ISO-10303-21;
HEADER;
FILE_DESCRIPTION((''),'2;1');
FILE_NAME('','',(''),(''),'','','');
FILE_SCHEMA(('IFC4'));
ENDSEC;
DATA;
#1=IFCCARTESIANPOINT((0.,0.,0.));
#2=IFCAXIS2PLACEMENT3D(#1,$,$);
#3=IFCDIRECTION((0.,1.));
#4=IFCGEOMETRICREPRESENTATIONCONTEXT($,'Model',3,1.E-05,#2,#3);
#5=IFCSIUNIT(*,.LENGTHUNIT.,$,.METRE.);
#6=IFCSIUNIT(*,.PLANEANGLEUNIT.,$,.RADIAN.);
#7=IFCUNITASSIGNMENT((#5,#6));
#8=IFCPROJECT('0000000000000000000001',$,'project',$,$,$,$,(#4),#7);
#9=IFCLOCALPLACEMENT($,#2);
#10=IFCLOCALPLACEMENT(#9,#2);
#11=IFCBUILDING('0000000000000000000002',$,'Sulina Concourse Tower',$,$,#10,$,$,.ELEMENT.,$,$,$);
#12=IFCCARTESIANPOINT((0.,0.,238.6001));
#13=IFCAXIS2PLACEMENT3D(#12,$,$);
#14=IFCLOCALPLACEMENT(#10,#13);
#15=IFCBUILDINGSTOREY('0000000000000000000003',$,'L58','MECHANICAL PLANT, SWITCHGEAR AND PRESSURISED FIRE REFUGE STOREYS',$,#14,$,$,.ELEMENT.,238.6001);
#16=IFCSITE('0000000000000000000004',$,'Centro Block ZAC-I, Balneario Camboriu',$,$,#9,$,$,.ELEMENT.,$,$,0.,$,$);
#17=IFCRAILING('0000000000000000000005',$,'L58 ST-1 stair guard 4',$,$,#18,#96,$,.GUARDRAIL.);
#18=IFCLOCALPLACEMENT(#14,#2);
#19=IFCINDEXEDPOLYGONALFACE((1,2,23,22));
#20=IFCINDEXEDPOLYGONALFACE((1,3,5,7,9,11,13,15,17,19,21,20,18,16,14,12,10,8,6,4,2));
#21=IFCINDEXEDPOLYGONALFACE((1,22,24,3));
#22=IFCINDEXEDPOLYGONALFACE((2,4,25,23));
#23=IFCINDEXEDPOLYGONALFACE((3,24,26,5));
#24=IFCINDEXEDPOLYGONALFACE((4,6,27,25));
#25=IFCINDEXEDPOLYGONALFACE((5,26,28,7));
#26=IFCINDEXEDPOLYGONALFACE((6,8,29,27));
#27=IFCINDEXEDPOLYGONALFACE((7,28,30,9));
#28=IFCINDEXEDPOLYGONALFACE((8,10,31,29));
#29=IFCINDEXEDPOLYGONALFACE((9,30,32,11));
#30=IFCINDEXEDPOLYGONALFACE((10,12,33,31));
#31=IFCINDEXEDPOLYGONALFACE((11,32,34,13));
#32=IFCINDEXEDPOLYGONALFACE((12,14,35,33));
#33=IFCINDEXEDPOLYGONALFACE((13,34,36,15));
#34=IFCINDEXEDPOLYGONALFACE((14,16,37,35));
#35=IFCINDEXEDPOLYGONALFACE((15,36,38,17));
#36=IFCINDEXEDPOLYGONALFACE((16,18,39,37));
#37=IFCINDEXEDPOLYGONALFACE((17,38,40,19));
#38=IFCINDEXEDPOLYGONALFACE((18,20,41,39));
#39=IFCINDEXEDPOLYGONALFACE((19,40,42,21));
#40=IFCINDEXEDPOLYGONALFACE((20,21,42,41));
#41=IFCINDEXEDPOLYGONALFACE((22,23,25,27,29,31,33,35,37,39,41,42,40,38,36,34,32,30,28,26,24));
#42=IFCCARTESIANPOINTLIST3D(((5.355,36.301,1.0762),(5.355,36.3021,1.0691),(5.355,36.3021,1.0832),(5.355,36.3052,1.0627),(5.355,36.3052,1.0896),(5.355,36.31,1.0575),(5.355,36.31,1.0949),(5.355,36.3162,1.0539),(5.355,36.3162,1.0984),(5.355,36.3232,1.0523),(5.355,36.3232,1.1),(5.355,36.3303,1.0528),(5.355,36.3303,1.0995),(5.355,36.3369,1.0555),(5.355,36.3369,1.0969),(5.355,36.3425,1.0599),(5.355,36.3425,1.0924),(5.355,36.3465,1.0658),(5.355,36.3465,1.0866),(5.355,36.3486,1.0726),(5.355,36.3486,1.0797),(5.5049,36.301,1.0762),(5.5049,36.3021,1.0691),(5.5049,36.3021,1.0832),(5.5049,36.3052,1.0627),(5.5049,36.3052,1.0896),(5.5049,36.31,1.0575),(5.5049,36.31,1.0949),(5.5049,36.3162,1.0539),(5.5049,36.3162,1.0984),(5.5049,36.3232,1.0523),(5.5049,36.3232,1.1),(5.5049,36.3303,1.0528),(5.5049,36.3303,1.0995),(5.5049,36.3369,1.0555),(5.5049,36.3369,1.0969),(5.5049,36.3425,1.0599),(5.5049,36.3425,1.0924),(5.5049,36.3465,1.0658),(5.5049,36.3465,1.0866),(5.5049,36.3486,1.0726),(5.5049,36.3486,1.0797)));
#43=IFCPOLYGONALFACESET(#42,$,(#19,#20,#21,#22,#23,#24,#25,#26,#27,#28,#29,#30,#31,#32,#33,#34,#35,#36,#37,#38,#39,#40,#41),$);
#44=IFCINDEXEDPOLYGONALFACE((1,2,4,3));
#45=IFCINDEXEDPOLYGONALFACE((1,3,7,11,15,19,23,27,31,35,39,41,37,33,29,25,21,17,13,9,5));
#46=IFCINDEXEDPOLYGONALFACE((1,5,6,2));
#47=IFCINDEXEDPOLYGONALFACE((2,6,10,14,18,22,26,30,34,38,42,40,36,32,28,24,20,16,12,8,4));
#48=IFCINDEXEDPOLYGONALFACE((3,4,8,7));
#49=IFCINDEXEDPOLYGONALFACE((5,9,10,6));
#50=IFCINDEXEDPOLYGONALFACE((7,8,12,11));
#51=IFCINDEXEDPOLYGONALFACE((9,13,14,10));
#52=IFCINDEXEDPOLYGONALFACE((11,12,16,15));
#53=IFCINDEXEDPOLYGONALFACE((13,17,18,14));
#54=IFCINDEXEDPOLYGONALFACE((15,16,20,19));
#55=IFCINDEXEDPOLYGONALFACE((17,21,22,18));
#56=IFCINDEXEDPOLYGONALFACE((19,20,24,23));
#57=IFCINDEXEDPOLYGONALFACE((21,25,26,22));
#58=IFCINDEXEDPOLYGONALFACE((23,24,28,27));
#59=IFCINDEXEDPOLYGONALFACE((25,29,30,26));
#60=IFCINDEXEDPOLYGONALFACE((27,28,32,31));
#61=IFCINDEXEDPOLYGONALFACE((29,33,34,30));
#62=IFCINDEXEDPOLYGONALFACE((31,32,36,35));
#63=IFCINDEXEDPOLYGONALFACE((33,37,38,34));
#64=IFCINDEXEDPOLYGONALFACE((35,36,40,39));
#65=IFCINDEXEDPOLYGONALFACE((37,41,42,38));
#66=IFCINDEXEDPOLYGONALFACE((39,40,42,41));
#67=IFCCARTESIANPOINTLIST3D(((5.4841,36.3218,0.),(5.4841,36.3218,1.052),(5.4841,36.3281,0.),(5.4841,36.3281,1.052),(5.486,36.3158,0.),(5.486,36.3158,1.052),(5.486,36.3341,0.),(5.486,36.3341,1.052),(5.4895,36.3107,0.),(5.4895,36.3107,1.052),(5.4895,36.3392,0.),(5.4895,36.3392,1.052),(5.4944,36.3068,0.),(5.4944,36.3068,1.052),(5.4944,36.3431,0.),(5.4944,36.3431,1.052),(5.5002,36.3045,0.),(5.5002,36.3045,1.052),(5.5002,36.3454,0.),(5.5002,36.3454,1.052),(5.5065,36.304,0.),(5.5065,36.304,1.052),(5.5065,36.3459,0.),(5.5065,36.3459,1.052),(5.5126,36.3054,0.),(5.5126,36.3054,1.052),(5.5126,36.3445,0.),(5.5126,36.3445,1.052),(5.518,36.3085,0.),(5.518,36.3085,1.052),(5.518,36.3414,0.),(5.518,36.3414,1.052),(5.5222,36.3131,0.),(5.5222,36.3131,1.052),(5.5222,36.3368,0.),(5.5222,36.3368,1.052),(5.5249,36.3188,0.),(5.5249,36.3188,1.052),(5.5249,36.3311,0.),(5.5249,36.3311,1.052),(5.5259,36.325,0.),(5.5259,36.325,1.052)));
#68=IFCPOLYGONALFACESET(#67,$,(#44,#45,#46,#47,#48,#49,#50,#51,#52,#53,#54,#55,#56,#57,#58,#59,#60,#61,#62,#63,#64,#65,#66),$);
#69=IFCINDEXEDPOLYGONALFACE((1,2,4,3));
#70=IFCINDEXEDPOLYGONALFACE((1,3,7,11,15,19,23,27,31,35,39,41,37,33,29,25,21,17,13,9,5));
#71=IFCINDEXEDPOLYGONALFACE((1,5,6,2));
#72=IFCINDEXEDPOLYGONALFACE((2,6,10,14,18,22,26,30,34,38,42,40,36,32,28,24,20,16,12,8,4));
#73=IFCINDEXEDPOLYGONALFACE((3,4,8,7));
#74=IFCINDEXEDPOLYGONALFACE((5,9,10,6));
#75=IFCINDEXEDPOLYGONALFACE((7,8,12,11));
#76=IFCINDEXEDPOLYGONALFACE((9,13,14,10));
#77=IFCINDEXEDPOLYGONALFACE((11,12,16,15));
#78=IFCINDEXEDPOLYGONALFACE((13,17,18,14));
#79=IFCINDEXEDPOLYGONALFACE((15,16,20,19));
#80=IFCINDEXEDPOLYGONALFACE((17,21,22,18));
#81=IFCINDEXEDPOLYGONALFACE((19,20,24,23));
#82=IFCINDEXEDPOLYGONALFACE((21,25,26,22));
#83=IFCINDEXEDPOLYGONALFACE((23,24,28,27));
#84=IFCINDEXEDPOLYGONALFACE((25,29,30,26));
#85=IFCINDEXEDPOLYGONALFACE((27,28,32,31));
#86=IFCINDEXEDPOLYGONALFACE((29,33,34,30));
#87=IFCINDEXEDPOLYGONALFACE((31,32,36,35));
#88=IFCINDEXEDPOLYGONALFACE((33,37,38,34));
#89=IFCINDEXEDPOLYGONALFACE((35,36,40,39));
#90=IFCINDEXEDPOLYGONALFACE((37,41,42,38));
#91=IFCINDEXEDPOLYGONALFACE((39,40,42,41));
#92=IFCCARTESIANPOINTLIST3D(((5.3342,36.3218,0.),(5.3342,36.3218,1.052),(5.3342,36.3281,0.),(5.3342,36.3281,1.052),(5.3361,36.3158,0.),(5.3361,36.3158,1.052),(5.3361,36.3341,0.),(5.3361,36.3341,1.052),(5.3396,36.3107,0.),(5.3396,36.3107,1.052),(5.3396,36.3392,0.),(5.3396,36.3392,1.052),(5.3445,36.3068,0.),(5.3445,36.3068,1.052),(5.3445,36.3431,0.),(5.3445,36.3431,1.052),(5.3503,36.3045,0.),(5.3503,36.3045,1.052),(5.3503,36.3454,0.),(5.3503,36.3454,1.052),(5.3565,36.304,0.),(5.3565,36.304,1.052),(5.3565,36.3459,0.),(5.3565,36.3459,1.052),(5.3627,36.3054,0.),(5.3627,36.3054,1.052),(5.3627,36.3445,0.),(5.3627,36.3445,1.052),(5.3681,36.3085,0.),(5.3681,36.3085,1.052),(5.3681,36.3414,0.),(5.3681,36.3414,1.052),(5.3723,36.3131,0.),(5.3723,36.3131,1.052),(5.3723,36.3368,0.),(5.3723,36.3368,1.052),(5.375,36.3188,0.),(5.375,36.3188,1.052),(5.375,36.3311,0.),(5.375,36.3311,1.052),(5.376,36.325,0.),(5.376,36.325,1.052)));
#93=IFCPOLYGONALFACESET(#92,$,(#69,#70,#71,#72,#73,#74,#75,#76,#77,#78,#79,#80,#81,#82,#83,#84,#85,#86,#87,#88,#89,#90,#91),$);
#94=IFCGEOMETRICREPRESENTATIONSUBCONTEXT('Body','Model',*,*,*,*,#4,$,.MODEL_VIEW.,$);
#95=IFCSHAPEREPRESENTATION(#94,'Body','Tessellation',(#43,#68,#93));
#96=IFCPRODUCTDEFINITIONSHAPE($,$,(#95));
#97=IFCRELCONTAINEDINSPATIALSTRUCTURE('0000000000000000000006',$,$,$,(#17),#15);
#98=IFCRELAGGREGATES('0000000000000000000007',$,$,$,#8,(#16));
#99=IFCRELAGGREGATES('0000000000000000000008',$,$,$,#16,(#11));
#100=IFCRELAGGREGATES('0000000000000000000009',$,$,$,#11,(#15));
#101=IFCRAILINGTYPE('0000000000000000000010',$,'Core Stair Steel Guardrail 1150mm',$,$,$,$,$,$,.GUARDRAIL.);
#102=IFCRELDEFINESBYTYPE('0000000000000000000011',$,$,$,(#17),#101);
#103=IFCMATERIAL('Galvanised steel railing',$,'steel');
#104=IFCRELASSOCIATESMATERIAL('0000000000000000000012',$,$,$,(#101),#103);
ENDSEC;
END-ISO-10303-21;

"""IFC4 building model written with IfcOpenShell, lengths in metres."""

from ifc_helpers import new_model, si_unit, direction, frame, origin, origin_2d, place, context, subcontext, project, spatial, circle, extrude, material, type_object, element, save


model = new_model("IFC4")

# Units and contexts
model_context = context("Model", 3, precision=1e-05, world=origin(), true_north=direction((0.0, 1.0)))
body_context = subcontext(model_context, "Body", "Model", "MODEL_VIEW")
ifc_project = project(units=[si_unit("LENGTHUNIT", "METRE"), si_unit("PLANEANGLEUNIT", "RADIAN")], contexts=[model_context])

# Site, building, storey
site_placement = place(None, origin())
site = spatial("IfcSite", under=ifc_project, at=site_placement, Name="Centro Block ZAC-I, Balneario Camboriu", CompositionType="ELEMENT", RefElevation=0.0)
building_placement = place(site_placement, origin())
building = spatial("IfcBuilding", under=site, at=building_placement, Name="Sulina Concourse Tower", CompositionType="ELEMENT")
storey_placement = place(building_placement, frame((0.0, 0.0, 238.6001)))
storey = spatial("IfcBuildingStorey", under=building, at=storey_placement, Name="L58", Description="MECHANICAL PLANT, SWITCHGEAR AND PRESSURISED FIRE REFUGE STOREYS", CompositionType="ELEMENT", Elevation=238.6001)

# Railing
ifc_material_1 = material(Name="Galvanised steel railing", Category="steel")
railing_type = type_object("IfcRailingType", Name="Core Stair Steel Guardrail 1150mm", PredefinedType="GUARDRAIL", material=ifc_material_1)
railing_1_placement = place(storey_placement, frame((5.5049, 36.325, 0.0)))
element("IfcRailing", 1, at=railing_1_placement, inside=storey, type_object=railing_type, Name="L58 ST-1 stair guard 4", PredefinedType="GUARDRAIL", context=body_context, shape_type="SweptSolid", body=[
    extrude(circle(Radius=0.0239, at=origin_2d()), frame((0.0, 0.0, 1.0762), z_axis=(-1.0, 0.0, 0.0), x_axis=(0.0, -1.0, 0.0)), (0.0, 0.0, 1.0), 0.1499),
    extrude(circle(Radius=0.021, at=origin_2d()), origin(), (0.0, 0.0, 1.0), 1.052),
    extrude(circle(Radius=0.021, at=origin_2d()), frame((-0.1499, 0.0, 0.0)), (0.0, 0.0, 1.0), 1.052),
])

save(model, "model.ifc")
